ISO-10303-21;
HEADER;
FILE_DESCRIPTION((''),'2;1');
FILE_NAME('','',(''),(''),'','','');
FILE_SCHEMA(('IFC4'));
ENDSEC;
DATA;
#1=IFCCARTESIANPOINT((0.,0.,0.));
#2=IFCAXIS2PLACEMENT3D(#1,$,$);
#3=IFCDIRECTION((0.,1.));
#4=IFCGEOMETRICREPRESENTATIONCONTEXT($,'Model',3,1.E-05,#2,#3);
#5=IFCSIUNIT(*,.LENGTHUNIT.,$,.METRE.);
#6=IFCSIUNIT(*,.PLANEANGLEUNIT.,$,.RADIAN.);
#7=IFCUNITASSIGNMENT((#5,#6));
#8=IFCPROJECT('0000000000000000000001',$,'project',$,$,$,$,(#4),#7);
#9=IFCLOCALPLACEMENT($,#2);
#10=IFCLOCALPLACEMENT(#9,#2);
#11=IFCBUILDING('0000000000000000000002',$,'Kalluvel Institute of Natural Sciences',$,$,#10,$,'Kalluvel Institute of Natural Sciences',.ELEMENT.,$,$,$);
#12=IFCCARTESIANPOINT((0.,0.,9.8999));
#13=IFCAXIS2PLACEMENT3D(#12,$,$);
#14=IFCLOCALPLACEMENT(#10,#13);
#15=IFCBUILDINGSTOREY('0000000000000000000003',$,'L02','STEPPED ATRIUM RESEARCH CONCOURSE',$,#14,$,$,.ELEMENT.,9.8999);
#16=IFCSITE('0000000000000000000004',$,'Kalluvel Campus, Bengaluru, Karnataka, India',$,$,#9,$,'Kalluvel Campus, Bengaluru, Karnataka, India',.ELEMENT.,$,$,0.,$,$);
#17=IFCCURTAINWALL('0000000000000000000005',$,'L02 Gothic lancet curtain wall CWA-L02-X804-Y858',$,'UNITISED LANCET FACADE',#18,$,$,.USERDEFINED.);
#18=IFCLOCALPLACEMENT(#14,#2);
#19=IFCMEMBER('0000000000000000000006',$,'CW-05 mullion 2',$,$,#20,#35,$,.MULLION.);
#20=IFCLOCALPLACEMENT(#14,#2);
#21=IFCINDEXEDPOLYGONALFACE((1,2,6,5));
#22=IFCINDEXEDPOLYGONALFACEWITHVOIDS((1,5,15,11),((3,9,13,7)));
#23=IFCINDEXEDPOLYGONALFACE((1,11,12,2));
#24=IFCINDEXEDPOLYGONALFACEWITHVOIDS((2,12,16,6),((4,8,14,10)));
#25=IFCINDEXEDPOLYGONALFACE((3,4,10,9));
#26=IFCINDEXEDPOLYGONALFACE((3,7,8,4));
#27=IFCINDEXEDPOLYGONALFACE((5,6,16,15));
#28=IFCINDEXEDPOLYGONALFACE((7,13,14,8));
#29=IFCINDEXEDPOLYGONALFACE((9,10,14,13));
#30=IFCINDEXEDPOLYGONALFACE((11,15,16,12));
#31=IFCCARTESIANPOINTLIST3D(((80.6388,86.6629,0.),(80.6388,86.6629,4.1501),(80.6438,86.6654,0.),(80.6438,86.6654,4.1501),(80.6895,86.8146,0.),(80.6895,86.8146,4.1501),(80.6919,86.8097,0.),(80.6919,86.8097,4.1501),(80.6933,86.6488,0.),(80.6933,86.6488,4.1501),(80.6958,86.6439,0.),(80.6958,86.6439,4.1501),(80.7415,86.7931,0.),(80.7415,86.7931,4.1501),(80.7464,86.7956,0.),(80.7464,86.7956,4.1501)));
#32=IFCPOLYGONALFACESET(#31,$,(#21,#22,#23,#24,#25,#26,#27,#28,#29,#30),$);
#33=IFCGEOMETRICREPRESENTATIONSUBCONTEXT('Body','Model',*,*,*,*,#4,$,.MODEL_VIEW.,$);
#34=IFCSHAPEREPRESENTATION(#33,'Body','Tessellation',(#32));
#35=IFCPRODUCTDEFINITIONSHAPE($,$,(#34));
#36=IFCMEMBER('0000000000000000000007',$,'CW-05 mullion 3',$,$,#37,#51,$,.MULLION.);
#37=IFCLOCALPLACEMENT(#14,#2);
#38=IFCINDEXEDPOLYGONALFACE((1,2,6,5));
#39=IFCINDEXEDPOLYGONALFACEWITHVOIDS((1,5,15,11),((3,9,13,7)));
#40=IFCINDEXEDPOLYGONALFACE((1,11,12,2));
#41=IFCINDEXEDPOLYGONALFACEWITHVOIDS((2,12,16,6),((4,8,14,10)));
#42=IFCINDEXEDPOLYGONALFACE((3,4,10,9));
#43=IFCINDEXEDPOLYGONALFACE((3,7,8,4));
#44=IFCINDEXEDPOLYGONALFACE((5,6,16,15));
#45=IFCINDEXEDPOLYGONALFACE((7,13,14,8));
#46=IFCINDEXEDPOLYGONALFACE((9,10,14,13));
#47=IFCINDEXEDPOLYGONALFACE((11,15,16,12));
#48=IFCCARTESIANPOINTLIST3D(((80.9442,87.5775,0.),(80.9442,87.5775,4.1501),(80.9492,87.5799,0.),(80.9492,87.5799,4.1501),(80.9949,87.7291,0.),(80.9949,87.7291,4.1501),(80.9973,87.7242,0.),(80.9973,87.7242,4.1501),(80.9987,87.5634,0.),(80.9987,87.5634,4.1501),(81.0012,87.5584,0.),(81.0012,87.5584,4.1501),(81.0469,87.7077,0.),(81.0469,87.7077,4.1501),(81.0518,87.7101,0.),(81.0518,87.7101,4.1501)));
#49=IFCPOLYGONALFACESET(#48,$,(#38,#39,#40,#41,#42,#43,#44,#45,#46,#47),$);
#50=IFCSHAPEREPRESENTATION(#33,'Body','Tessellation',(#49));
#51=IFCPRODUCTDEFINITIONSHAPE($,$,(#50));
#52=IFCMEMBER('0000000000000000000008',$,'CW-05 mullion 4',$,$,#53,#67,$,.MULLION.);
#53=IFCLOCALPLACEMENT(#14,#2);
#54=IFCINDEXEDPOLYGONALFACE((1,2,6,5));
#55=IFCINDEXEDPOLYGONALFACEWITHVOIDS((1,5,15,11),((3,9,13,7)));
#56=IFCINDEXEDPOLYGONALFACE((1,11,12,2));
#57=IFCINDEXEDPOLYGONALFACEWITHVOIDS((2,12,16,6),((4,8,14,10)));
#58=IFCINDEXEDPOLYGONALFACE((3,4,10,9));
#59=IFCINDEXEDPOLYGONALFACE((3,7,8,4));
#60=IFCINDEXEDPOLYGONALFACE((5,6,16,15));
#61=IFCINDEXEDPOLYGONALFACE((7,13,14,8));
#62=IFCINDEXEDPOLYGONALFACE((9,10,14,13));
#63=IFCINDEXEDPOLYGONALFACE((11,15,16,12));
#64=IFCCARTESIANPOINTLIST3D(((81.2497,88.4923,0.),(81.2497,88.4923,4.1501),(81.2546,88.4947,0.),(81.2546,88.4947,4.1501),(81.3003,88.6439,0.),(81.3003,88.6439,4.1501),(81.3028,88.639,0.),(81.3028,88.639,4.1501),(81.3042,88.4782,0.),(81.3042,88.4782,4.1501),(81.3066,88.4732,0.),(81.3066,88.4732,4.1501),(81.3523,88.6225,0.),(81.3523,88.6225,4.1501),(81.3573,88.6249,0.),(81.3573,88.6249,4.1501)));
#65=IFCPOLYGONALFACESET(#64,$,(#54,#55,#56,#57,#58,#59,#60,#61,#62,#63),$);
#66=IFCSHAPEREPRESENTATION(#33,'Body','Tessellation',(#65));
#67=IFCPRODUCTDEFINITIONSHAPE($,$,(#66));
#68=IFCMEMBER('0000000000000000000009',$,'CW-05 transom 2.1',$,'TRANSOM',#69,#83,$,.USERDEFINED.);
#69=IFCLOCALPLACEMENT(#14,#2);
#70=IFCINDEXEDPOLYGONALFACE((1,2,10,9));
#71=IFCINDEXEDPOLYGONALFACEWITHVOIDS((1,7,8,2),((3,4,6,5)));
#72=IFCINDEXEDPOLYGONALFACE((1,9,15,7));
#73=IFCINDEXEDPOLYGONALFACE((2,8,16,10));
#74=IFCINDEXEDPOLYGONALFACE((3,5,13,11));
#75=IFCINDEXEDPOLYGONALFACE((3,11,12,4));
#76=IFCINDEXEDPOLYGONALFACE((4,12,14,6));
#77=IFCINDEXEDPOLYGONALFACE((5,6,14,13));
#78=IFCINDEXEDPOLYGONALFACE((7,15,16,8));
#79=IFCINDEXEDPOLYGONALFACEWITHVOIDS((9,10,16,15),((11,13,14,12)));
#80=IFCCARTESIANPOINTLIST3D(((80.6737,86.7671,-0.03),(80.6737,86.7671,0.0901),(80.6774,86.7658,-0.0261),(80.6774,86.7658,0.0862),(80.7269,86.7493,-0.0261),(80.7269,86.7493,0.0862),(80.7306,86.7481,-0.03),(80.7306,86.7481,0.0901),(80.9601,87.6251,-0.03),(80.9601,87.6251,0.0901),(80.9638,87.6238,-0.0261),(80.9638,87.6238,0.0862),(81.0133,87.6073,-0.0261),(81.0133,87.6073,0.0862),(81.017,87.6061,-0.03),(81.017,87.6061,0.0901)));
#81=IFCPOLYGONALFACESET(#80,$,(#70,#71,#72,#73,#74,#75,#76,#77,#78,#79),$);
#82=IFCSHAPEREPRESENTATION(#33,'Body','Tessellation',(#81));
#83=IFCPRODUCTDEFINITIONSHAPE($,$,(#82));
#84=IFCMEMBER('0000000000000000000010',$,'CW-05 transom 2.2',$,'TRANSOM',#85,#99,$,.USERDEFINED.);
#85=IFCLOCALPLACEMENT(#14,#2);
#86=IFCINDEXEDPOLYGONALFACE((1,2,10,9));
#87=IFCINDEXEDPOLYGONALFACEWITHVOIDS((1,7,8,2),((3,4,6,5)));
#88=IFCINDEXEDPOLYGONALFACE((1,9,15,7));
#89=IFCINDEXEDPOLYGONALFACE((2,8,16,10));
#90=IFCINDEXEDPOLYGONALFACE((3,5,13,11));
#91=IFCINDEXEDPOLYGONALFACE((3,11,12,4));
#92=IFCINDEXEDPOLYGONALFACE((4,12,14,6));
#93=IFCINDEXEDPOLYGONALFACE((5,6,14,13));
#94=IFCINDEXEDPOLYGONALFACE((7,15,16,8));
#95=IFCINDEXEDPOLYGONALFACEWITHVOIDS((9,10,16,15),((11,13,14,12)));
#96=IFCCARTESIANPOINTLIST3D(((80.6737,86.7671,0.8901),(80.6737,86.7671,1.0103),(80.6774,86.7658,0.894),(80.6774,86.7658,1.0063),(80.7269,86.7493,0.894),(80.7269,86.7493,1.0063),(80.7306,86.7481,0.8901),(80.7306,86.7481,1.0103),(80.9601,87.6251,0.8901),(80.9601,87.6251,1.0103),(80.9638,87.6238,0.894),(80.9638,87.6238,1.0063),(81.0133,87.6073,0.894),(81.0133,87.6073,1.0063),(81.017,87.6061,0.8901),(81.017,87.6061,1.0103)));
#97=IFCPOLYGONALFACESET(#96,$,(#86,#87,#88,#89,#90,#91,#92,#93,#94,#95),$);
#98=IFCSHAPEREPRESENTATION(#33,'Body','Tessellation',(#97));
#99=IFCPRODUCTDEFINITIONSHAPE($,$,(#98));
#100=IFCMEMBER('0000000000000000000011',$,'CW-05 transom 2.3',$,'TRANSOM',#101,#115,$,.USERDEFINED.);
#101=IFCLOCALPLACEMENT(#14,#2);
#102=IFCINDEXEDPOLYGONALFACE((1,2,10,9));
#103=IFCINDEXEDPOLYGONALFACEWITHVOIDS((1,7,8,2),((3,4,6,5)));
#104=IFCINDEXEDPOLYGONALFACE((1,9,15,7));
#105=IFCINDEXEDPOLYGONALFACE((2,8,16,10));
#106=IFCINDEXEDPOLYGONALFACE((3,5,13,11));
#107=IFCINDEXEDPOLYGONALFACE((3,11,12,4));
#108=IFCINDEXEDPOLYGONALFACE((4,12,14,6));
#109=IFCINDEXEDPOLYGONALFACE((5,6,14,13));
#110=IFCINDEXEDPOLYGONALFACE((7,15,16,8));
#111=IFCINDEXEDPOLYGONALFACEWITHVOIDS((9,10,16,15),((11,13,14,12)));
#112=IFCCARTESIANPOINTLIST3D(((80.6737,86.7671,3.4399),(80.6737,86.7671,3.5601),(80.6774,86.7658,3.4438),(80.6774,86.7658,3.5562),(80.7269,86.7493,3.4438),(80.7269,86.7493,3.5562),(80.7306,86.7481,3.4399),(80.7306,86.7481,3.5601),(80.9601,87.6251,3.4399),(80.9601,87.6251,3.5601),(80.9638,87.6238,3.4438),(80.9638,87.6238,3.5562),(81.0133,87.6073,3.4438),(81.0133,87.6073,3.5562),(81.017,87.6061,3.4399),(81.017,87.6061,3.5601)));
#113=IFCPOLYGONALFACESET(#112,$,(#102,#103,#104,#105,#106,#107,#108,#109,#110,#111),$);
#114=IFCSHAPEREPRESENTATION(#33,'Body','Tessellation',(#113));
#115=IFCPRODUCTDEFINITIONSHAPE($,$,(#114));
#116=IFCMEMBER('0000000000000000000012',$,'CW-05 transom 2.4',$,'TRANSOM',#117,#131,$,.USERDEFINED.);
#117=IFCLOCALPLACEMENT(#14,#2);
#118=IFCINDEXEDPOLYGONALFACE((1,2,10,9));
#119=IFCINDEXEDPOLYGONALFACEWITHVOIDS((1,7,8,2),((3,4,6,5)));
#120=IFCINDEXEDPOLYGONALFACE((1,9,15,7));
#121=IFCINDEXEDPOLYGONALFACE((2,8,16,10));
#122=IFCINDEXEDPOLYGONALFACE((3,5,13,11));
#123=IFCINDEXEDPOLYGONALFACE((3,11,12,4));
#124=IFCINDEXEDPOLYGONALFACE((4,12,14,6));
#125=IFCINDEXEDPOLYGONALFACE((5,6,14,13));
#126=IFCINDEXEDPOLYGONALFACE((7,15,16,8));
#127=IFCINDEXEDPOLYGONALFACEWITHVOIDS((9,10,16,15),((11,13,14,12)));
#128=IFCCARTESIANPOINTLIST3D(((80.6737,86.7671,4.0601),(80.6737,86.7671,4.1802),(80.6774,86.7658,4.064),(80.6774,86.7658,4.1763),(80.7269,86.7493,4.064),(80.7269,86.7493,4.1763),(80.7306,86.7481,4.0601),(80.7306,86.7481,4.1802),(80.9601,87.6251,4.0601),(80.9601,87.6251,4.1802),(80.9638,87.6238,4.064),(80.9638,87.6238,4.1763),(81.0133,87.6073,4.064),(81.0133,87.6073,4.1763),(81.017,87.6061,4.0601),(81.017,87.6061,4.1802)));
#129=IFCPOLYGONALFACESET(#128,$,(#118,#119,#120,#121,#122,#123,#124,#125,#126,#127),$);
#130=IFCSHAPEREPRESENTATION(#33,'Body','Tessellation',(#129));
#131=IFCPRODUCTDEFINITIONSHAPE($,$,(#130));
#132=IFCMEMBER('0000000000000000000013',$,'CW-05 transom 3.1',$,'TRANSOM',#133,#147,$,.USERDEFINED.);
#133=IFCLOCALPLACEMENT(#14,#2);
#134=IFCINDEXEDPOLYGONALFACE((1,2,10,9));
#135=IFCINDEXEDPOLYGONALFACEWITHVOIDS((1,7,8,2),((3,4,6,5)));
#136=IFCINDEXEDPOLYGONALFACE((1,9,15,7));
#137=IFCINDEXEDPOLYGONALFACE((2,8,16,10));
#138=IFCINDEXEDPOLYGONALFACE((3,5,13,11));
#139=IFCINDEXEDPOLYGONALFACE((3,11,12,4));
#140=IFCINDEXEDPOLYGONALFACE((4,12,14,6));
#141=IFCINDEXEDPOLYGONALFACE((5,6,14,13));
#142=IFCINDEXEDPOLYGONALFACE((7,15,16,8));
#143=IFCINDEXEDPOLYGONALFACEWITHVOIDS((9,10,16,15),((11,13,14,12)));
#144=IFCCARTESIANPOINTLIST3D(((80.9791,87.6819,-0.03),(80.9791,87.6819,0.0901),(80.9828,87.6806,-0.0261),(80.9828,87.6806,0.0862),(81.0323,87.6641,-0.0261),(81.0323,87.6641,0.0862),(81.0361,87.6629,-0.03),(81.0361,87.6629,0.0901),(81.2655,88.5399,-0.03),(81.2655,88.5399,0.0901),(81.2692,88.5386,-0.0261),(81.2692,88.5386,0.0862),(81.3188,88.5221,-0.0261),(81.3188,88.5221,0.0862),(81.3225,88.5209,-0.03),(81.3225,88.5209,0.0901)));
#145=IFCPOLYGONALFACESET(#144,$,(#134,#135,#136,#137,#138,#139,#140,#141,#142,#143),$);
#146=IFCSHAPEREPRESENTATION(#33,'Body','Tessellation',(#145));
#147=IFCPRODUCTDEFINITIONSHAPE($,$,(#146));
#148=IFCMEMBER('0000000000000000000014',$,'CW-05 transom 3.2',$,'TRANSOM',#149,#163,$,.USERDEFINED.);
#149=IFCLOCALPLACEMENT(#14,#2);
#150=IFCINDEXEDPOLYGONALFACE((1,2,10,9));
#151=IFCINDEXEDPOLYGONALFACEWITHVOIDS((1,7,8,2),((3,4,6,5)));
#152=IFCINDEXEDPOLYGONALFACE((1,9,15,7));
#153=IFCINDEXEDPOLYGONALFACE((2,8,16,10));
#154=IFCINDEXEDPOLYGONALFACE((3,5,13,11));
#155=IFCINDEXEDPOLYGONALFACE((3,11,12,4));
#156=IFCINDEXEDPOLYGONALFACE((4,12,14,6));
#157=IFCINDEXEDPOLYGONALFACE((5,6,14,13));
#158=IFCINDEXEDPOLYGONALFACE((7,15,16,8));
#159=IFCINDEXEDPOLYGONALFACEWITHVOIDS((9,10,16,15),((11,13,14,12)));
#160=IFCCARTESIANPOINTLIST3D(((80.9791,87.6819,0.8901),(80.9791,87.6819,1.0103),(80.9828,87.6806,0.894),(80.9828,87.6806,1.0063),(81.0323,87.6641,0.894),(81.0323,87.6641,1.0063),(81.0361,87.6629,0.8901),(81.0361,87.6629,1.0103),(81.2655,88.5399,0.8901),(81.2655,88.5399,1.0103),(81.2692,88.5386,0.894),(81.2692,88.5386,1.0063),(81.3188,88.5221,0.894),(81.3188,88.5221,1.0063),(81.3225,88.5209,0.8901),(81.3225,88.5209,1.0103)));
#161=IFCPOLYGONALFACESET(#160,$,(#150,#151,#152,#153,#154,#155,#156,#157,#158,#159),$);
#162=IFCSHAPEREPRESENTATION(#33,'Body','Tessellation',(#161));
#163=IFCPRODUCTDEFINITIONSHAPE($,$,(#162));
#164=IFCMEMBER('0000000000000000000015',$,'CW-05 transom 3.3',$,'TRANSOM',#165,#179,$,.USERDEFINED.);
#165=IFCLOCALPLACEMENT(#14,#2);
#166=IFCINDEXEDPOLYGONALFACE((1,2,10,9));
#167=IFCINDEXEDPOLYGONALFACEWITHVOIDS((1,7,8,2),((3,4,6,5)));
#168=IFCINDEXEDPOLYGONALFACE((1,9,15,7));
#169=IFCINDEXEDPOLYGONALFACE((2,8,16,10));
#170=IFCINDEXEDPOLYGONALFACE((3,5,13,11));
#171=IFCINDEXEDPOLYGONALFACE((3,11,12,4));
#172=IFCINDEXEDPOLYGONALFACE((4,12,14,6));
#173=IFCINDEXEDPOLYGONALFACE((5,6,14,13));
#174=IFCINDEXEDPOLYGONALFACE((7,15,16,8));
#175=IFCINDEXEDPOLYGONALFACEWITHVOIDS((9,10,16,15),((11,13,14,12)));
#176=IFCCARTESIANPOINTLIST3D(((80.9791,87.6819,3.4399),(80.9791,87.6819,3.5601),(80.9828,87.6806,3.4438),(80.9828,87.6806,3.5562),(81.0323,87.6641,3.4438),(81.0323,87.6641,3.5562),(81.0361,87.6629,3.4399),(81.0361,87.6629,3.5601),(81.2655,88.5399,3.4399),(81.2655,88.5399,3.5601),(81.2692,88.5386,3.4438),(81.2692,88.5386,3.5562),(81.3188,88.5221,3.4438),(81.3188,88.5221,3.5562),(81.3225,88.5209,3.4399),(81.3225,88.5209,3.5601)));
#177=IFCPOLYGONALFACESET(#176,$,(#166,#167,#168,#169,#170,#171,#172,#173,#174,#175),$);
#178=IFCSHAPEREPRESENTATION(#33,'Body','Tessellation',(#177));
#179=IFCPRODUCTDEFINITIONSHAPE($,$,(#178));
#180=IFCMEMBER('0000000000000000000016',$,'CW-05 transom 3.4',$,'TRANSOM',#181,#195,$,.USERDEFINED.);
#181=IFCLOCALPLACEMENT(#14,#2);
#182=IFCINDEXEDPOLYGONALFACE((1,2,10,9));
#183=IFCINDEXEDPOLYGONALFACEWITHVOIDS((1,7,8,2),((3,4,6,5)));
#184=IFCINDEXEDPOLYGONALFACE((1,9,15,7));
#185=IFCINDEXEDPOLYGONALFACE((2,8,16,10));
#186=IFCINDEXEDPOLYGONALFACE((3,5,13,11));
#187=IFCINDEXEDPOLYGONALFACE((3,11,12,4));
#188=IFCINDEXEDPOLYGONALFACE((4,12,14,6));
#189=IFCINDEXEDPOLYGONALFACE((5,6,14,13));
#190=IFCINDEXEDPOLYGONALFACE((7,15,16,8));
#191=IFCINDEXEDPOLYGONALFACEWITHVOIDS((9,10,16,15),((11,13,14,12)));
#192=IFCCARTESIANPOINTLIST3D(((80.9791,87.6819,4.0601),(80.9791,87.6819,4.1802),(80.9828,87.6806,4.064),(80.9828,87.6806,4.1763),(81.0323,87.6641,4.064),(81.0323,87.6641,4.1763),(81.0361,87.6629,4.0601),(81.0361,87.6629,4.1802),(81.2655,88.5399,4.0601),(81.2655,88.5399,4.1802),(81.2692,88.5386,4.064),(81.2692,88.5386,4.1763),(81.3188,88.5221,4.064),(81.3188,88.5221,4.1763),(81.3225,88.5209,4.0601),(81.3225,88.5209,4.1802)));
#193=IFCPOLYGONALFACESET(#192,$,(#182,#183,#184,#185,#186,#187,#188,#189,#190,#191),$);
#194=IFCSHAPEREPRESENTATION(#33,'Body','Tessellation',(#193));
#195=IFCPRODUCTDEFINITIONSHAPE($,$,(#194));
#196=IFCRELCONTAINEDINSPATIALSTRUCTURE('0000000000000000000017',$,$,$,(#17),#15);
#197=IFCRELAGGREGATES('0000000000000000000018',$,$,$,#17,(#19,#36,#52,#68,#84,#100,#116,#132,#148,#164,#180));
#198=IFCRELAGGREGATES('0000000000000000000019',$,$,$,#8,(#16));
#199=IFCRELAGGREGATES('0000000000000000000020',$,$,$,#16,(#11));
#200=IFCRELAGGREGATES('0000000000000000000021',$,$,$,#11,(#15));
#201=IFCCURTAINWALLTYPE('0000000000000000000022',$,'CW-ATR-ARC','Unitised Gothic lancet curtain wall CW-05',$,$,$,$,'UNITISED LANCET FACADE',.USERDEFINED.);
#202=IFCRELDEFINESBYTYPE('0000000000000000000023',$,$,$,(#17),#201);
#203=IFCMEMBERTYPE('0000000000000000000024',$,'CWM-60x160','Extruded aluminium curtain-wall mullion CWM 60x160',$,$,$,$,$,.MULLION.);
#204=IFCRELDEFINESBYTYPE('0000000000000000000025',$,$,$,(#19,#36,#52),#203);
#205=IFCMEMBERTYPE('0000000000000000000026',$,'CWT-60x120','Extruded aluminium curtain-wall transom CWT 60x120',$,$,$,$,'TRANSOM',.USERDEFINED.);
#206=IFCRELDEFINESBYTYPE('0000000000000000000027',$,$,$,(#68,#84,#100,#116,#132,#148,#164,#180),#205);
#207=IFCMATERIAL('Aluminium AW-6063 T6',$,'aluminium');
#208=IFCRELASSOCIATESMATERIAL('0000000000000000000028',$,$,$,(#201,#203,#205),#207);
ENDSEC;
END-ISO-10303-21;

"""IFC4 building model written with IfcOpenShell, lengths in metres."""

from ifc_helpers import new_model, si_unit, direction, frame, origin, origin_2d, place, context, subcontext, project, spatial, hollow_rectangle, extrude, material, material_profile, profile_set, type_object, element, aggregate, save


model = new_model("IFC4")

# Units and contexts
model_context = context("Model", 3, precision=1e-05, world=origin(), true_north=direction((0.0, 1.0)))
body_context = subcontext(model_context, "Body", "Model", "MODEL_VIEW")
ifc_project = project(units=[si_unit("LENGTHUNIT", "METRE"), si_unit("PLANEANGLEUNIT", "RADIAN")], contexts=[model_context])

# Site, building, storey
site_placement = place(None, origin())
site = spatial("IfcSite", under=ifc_project, at=site_placement, Name="Kalluvel Campus, Bengaluru, Karnataka, India", LongName="Kalluvel Campus, Bengaluru, Karnataka, India", CompositionType="ELEMENT", RefElevation=0.0)
building_placement = place(site_placement, origin())
building = spatial("IfcBuilding", under=site, at=building_placement, Name="Kalluvel Institute of Natural Sciences", LongName="Kalluvel Institute of Natural Sciences", CompositionType="ELEMENT")
storey_placement = place(building_placement, frame((0.0, 0.0, 9.8999)))
storey = spatial("IfcBuildingStorey", under=building, at=storey_placement, Name="L02", Description="STEPPED ATRIUM RESEARCH CONCOURSE", CompositionType="ELEMENT", Elevation=9.8999)

# Curtain wall, members
ifc_material_1 = material(Name="Aluminium AW-6063 T6", Category="aluminium")
curtain_wall_type = type_object("IfcCurtainWallType", Name="CW-ATR-ARC", Description="Unitised Gothic lancet curtain wall CW-05", ElementType="UNITISED LANCET FACADE", PredefinedType="USERDEFINED", material=ifc_material_1)
curtain_wall_placement = place(storey_placement, origin())
curtain_wall = element("IfcCurtainWall", 1, at=curtain_wall_placement, inside=storey, type_object=curtain_wall_type, Name="L02 Gothic lancet curtain wall CWA-L02-X804-Y858", ObjectType="UNITISED LANCET FACADE", PredefinedType="USERDEFINED")
ifc_material_profile_1 = material_profile(ifc_material_1, hollow_rectangle(XDim=0.0601, YDim=0.1599, WallThickness=0.0039, at=origin_2d()), Name="CWM 60x160")
ifc_profile_set_1 = profile_set([ifc_material_profile_1], Name="Aluminium AW-6063 T6")
member_type_1 = type_object("IfcMemberType", Name="CWM-60x160", Description="Extruded aluminium curtain-wall mullion CWM 60x160", PredefinedType="MULLION", material=ifc_profile_set_1)
member_1_placement = place(storey_placement, frame((80.6926, 86.7292, 0.0), z_axis=(0.0, 0.0, 1.0), x_axis=(-0.948541, 0.316655, 0.0)))
member_1 = element("IfcMember", 2, at=member_1_placement, type_object=member_type_1, Name="CW-05 mullion 2", PredefinedType="MULLION", context=body_context, shape_type="SweptSolid", body=[
    extrude(hollow_rectangle(XDim=0.0601, YDim=0.1599, WallThickness=0.0039, at=origin_2d()), origin(), (0.0, 0.0, 1.0), 4.1501),
])
member_2_placement = place(storey_placement, frame((80.998, 87.6438, 0.0), z_axis=(0.0, 0.0, 1.0), x_axis=(-0.948541, 0.316655, 0.0)))
member_2 = element("IfcMember", 3, at=member_2_placement, type_object=member_type_1, Name="CW-05 mullion 3", PredefinedType="MULLION", context=body_context, shape_type="SweptSolid", body=[
    extrude(hollow_rectangle(XDim=0.0601, YDim=0.1599, WallThickness=0.0039, at=origin_2d()), origin(), (0.0, 0.0, 1.0), 4.1501),
])
member_3_placement = place(storey_placement, frame((81.3035, 88.5586, 0.0), z_axis=(0.0, 0.0, 1.0), x_axis=(-0.948541, 0.316655, 0.0)))
member_3 = element("IfcMember", 4, at=member_3_placement, type_object=member_type_1, Name="CW-05 mullion 4", PredefinedType="MULLION", context=body_context, shape_type="SweptSolid", body=[
    extrude(hollow_rectangle(XDim=0.0601, YDim=0.1599, WallThickness=0.0039, at=origin_2d()), origin(), (0.0, 0.0, 1.0), 4.1501),
])
ifc_material_profile_2 = material_profile(ifc_material_1, hollow_rectangle(XDim=0.0601, YDim=0.1201, WallThickness=0.0039, at=origin_2d()), Name="CWT 60x120")
ifc_profile_set_2 = profile_set([ifc_material_profile_2], Name="Aluminium AW-6063 T6")
member_type_2 = type_object("IfcMemberType", Name="CWT-60x120", Description="Extruded aluminium curtain-wall transom CWT 60x120", ElementType="TRANSOM", PredefinedType="USERDEFINED", material=ifc_profile_set_2)
member_4_placement = place(storey_placement, frame((80.7021, 86.7576, 0.03), z_axis=(0.316633, 0.948548, 0.0), x_axis=(-0.948548, 0.316633, 0.0)))
member_4 = element("IfcMember", 5, at=member_4_placement, type_object=member_type_2, Name="CW-05 transom 2.1", ObjectType="TRANSOM", PredefinedType="USERDEFINED", context=body_context, shape_type="SweptSolid", body=[
    extrude(hollow_rectangle(XDim=0.0601, YDim=0.1201, WallThickness=0.0039, at=origin_2d()), origin(), (0.0, 0.0, 1.0), 0.9045),
])
member_5_placement = place(storey_placement, frame((80.7021, 86.7576, 0.9502), z_axis=(0.316633, 0.948548, 0.0), x_axis=(-0.948548, 0.316633, 0.0)))
member_5 = element("IfcMember", 6, at=member_5_placement, type_object=member_type_2, Name="CW-05 transom 2.2", ObjectType="TRANSOM", PredefinedType="USERDEFINED", context=body_context, shape_type="SweptSolid", body=[
    extrude(hollow_rectangle(XDim=0.0601, YDim=0.1201, WallThickness=0.0039, at=origin_2d()), origin(), (0.0, 0.0, 1.0), 0.9045),
])
member_6_placement = place(storey_placement, frame((80.7021, 86.7576, 3.5), z_axis=(0.316633, 0.948548, 0.0), x_axis=(-0.948548, 0.316633, 0.0)))
member_6 = element("IfcMember", 7, at=member_6_placement, type_object=member_type_2, Name="CW-05 transom 2.3", ObjectType="TRANSOM", PredefinedType="USERDEFINED", context=body_context, shape_type="SweptSolid", body=[
    extrude(hollow_rectangle(XDim=0.0601, YDim=0.1201, WallThickness=0.0039, at=origin_2d()), origin(), (0.0, 0.0, 1.0), 0.9045),
])
member_7_placement = place(storey_placement, frame((80.7021, 86.7576, 4.1201), z_axis=(0.316633, 0.948548, 0.0), x_axis=(-0.948548, 0.316633, 0.0)))
member_7 = element("IfcMember", 8, at=member_7_placement, type_object=member_type_2, Name="CW-05 transom 2.4", ObjectType="TRANSOM", PredefinedType="USERDEFINED", context=body_context, shape_type="SweptSolid", body=[
    extrude(hollow_rectangle(XDim=0.0601, YDim=0.1201, WallThickness=0.0039, at=origin_2d()), origin(), (0.0, 0.0, 1.0), 0.9045),
])
member_8_placement = place(storey_placement, frame((81.0076, 87.6724, 0.03), z_axis=(0.316633, 0.948548, 0.0), x_axis=(-0.948548, 0.316633, 0.0)))
member_8 = element("IfcMember", 9, at=member_8_placement, type_object=member_type_2, Name="CW-05 transom 3.1", ObjectType="TRANSOM", PredefinedType="USERDEFINED", context=body_context, shape_type="SweptSolid", body=[
    extrude(hollow_rectangle(XDim=0.0601, YDim=0.1201, WallThickness=0.0039, at=origin_2d()), origin(), (0.0, 0.0, 1.0), 0.9045),
])
member_9_placement = place(storey_placement, frame((81.0076, 87.6724, 0.9502), z_axis=(0.316633, 0.948548, 0.0), x_axis=(-0.948548, 0.316633, 0.0)))
member_9 = element("IfcMember", 10, at=member_9_placement, type_object=member_type_2, Name="CW-05 transom 3.2", ObjectType="TRANSOM", PredefinedType="USERDEFINED", context=body_context, shape_type="SweptSolid", body=[
    extrude(hollow_rectangle(XDim=0.0601, YDim=0.1201, WallThickness=0.0039, at=origin_2d()), origin(), (0.0, 0.0, 1.0), 0.9045),
])
member_10_placement = place(storey_placement, frame((81.0076, 87.6724, 3.5), z_axis=(0.316633, 0.948548, 0.0), x_axis=(-0.948548, 0.316633, 0.0)))
member_10 = element("IfcMember", 11, at=member_10_placement, type_object=member_type_2, Name="CW-05 transom 3.3", ObjectType="TRANSOM", PredefinedType="USERDEFINED", context=body_context, shape_type="SweptSolid", body=[
    extrude(hollow_rectangle(XDim=0.0601, YDim=0.1201, WallThickness=0.0039, at=origin_2d()), origin(), (0.0, 0.0, 1.0), 0.9045),
])
member_11_placement = place(storey_placement, frame((81.0076, 87.6724, 4.1201), z_axis=(0.316633, 0.948548, 0.0), x_axis=(-0.948548, 0.316633, 0.0)))
member_11 = element("IfcMember", 12, at=member_11_placement, type_object=member_type_2, Name="CW-05 transom 3.4", ObjectType="TRANSOM", PredefinedType="USERDEFINED", context=body_context, shape_type="SweptSolid", body=[
    extrude(hollow_rectangle(XDim=0.0601, YDim=0.1201, WallThickness=0.0039, at=origin_2d()), origin(), (0.0, 0.0, 1.0), 0.9045),
])
aggregate(curtain_wall, [member_1, member_2, member_3, member_4, member_5, member_6, member_7, member_8, member_9, member_10, member_11])

save(model, "model.ifc")
